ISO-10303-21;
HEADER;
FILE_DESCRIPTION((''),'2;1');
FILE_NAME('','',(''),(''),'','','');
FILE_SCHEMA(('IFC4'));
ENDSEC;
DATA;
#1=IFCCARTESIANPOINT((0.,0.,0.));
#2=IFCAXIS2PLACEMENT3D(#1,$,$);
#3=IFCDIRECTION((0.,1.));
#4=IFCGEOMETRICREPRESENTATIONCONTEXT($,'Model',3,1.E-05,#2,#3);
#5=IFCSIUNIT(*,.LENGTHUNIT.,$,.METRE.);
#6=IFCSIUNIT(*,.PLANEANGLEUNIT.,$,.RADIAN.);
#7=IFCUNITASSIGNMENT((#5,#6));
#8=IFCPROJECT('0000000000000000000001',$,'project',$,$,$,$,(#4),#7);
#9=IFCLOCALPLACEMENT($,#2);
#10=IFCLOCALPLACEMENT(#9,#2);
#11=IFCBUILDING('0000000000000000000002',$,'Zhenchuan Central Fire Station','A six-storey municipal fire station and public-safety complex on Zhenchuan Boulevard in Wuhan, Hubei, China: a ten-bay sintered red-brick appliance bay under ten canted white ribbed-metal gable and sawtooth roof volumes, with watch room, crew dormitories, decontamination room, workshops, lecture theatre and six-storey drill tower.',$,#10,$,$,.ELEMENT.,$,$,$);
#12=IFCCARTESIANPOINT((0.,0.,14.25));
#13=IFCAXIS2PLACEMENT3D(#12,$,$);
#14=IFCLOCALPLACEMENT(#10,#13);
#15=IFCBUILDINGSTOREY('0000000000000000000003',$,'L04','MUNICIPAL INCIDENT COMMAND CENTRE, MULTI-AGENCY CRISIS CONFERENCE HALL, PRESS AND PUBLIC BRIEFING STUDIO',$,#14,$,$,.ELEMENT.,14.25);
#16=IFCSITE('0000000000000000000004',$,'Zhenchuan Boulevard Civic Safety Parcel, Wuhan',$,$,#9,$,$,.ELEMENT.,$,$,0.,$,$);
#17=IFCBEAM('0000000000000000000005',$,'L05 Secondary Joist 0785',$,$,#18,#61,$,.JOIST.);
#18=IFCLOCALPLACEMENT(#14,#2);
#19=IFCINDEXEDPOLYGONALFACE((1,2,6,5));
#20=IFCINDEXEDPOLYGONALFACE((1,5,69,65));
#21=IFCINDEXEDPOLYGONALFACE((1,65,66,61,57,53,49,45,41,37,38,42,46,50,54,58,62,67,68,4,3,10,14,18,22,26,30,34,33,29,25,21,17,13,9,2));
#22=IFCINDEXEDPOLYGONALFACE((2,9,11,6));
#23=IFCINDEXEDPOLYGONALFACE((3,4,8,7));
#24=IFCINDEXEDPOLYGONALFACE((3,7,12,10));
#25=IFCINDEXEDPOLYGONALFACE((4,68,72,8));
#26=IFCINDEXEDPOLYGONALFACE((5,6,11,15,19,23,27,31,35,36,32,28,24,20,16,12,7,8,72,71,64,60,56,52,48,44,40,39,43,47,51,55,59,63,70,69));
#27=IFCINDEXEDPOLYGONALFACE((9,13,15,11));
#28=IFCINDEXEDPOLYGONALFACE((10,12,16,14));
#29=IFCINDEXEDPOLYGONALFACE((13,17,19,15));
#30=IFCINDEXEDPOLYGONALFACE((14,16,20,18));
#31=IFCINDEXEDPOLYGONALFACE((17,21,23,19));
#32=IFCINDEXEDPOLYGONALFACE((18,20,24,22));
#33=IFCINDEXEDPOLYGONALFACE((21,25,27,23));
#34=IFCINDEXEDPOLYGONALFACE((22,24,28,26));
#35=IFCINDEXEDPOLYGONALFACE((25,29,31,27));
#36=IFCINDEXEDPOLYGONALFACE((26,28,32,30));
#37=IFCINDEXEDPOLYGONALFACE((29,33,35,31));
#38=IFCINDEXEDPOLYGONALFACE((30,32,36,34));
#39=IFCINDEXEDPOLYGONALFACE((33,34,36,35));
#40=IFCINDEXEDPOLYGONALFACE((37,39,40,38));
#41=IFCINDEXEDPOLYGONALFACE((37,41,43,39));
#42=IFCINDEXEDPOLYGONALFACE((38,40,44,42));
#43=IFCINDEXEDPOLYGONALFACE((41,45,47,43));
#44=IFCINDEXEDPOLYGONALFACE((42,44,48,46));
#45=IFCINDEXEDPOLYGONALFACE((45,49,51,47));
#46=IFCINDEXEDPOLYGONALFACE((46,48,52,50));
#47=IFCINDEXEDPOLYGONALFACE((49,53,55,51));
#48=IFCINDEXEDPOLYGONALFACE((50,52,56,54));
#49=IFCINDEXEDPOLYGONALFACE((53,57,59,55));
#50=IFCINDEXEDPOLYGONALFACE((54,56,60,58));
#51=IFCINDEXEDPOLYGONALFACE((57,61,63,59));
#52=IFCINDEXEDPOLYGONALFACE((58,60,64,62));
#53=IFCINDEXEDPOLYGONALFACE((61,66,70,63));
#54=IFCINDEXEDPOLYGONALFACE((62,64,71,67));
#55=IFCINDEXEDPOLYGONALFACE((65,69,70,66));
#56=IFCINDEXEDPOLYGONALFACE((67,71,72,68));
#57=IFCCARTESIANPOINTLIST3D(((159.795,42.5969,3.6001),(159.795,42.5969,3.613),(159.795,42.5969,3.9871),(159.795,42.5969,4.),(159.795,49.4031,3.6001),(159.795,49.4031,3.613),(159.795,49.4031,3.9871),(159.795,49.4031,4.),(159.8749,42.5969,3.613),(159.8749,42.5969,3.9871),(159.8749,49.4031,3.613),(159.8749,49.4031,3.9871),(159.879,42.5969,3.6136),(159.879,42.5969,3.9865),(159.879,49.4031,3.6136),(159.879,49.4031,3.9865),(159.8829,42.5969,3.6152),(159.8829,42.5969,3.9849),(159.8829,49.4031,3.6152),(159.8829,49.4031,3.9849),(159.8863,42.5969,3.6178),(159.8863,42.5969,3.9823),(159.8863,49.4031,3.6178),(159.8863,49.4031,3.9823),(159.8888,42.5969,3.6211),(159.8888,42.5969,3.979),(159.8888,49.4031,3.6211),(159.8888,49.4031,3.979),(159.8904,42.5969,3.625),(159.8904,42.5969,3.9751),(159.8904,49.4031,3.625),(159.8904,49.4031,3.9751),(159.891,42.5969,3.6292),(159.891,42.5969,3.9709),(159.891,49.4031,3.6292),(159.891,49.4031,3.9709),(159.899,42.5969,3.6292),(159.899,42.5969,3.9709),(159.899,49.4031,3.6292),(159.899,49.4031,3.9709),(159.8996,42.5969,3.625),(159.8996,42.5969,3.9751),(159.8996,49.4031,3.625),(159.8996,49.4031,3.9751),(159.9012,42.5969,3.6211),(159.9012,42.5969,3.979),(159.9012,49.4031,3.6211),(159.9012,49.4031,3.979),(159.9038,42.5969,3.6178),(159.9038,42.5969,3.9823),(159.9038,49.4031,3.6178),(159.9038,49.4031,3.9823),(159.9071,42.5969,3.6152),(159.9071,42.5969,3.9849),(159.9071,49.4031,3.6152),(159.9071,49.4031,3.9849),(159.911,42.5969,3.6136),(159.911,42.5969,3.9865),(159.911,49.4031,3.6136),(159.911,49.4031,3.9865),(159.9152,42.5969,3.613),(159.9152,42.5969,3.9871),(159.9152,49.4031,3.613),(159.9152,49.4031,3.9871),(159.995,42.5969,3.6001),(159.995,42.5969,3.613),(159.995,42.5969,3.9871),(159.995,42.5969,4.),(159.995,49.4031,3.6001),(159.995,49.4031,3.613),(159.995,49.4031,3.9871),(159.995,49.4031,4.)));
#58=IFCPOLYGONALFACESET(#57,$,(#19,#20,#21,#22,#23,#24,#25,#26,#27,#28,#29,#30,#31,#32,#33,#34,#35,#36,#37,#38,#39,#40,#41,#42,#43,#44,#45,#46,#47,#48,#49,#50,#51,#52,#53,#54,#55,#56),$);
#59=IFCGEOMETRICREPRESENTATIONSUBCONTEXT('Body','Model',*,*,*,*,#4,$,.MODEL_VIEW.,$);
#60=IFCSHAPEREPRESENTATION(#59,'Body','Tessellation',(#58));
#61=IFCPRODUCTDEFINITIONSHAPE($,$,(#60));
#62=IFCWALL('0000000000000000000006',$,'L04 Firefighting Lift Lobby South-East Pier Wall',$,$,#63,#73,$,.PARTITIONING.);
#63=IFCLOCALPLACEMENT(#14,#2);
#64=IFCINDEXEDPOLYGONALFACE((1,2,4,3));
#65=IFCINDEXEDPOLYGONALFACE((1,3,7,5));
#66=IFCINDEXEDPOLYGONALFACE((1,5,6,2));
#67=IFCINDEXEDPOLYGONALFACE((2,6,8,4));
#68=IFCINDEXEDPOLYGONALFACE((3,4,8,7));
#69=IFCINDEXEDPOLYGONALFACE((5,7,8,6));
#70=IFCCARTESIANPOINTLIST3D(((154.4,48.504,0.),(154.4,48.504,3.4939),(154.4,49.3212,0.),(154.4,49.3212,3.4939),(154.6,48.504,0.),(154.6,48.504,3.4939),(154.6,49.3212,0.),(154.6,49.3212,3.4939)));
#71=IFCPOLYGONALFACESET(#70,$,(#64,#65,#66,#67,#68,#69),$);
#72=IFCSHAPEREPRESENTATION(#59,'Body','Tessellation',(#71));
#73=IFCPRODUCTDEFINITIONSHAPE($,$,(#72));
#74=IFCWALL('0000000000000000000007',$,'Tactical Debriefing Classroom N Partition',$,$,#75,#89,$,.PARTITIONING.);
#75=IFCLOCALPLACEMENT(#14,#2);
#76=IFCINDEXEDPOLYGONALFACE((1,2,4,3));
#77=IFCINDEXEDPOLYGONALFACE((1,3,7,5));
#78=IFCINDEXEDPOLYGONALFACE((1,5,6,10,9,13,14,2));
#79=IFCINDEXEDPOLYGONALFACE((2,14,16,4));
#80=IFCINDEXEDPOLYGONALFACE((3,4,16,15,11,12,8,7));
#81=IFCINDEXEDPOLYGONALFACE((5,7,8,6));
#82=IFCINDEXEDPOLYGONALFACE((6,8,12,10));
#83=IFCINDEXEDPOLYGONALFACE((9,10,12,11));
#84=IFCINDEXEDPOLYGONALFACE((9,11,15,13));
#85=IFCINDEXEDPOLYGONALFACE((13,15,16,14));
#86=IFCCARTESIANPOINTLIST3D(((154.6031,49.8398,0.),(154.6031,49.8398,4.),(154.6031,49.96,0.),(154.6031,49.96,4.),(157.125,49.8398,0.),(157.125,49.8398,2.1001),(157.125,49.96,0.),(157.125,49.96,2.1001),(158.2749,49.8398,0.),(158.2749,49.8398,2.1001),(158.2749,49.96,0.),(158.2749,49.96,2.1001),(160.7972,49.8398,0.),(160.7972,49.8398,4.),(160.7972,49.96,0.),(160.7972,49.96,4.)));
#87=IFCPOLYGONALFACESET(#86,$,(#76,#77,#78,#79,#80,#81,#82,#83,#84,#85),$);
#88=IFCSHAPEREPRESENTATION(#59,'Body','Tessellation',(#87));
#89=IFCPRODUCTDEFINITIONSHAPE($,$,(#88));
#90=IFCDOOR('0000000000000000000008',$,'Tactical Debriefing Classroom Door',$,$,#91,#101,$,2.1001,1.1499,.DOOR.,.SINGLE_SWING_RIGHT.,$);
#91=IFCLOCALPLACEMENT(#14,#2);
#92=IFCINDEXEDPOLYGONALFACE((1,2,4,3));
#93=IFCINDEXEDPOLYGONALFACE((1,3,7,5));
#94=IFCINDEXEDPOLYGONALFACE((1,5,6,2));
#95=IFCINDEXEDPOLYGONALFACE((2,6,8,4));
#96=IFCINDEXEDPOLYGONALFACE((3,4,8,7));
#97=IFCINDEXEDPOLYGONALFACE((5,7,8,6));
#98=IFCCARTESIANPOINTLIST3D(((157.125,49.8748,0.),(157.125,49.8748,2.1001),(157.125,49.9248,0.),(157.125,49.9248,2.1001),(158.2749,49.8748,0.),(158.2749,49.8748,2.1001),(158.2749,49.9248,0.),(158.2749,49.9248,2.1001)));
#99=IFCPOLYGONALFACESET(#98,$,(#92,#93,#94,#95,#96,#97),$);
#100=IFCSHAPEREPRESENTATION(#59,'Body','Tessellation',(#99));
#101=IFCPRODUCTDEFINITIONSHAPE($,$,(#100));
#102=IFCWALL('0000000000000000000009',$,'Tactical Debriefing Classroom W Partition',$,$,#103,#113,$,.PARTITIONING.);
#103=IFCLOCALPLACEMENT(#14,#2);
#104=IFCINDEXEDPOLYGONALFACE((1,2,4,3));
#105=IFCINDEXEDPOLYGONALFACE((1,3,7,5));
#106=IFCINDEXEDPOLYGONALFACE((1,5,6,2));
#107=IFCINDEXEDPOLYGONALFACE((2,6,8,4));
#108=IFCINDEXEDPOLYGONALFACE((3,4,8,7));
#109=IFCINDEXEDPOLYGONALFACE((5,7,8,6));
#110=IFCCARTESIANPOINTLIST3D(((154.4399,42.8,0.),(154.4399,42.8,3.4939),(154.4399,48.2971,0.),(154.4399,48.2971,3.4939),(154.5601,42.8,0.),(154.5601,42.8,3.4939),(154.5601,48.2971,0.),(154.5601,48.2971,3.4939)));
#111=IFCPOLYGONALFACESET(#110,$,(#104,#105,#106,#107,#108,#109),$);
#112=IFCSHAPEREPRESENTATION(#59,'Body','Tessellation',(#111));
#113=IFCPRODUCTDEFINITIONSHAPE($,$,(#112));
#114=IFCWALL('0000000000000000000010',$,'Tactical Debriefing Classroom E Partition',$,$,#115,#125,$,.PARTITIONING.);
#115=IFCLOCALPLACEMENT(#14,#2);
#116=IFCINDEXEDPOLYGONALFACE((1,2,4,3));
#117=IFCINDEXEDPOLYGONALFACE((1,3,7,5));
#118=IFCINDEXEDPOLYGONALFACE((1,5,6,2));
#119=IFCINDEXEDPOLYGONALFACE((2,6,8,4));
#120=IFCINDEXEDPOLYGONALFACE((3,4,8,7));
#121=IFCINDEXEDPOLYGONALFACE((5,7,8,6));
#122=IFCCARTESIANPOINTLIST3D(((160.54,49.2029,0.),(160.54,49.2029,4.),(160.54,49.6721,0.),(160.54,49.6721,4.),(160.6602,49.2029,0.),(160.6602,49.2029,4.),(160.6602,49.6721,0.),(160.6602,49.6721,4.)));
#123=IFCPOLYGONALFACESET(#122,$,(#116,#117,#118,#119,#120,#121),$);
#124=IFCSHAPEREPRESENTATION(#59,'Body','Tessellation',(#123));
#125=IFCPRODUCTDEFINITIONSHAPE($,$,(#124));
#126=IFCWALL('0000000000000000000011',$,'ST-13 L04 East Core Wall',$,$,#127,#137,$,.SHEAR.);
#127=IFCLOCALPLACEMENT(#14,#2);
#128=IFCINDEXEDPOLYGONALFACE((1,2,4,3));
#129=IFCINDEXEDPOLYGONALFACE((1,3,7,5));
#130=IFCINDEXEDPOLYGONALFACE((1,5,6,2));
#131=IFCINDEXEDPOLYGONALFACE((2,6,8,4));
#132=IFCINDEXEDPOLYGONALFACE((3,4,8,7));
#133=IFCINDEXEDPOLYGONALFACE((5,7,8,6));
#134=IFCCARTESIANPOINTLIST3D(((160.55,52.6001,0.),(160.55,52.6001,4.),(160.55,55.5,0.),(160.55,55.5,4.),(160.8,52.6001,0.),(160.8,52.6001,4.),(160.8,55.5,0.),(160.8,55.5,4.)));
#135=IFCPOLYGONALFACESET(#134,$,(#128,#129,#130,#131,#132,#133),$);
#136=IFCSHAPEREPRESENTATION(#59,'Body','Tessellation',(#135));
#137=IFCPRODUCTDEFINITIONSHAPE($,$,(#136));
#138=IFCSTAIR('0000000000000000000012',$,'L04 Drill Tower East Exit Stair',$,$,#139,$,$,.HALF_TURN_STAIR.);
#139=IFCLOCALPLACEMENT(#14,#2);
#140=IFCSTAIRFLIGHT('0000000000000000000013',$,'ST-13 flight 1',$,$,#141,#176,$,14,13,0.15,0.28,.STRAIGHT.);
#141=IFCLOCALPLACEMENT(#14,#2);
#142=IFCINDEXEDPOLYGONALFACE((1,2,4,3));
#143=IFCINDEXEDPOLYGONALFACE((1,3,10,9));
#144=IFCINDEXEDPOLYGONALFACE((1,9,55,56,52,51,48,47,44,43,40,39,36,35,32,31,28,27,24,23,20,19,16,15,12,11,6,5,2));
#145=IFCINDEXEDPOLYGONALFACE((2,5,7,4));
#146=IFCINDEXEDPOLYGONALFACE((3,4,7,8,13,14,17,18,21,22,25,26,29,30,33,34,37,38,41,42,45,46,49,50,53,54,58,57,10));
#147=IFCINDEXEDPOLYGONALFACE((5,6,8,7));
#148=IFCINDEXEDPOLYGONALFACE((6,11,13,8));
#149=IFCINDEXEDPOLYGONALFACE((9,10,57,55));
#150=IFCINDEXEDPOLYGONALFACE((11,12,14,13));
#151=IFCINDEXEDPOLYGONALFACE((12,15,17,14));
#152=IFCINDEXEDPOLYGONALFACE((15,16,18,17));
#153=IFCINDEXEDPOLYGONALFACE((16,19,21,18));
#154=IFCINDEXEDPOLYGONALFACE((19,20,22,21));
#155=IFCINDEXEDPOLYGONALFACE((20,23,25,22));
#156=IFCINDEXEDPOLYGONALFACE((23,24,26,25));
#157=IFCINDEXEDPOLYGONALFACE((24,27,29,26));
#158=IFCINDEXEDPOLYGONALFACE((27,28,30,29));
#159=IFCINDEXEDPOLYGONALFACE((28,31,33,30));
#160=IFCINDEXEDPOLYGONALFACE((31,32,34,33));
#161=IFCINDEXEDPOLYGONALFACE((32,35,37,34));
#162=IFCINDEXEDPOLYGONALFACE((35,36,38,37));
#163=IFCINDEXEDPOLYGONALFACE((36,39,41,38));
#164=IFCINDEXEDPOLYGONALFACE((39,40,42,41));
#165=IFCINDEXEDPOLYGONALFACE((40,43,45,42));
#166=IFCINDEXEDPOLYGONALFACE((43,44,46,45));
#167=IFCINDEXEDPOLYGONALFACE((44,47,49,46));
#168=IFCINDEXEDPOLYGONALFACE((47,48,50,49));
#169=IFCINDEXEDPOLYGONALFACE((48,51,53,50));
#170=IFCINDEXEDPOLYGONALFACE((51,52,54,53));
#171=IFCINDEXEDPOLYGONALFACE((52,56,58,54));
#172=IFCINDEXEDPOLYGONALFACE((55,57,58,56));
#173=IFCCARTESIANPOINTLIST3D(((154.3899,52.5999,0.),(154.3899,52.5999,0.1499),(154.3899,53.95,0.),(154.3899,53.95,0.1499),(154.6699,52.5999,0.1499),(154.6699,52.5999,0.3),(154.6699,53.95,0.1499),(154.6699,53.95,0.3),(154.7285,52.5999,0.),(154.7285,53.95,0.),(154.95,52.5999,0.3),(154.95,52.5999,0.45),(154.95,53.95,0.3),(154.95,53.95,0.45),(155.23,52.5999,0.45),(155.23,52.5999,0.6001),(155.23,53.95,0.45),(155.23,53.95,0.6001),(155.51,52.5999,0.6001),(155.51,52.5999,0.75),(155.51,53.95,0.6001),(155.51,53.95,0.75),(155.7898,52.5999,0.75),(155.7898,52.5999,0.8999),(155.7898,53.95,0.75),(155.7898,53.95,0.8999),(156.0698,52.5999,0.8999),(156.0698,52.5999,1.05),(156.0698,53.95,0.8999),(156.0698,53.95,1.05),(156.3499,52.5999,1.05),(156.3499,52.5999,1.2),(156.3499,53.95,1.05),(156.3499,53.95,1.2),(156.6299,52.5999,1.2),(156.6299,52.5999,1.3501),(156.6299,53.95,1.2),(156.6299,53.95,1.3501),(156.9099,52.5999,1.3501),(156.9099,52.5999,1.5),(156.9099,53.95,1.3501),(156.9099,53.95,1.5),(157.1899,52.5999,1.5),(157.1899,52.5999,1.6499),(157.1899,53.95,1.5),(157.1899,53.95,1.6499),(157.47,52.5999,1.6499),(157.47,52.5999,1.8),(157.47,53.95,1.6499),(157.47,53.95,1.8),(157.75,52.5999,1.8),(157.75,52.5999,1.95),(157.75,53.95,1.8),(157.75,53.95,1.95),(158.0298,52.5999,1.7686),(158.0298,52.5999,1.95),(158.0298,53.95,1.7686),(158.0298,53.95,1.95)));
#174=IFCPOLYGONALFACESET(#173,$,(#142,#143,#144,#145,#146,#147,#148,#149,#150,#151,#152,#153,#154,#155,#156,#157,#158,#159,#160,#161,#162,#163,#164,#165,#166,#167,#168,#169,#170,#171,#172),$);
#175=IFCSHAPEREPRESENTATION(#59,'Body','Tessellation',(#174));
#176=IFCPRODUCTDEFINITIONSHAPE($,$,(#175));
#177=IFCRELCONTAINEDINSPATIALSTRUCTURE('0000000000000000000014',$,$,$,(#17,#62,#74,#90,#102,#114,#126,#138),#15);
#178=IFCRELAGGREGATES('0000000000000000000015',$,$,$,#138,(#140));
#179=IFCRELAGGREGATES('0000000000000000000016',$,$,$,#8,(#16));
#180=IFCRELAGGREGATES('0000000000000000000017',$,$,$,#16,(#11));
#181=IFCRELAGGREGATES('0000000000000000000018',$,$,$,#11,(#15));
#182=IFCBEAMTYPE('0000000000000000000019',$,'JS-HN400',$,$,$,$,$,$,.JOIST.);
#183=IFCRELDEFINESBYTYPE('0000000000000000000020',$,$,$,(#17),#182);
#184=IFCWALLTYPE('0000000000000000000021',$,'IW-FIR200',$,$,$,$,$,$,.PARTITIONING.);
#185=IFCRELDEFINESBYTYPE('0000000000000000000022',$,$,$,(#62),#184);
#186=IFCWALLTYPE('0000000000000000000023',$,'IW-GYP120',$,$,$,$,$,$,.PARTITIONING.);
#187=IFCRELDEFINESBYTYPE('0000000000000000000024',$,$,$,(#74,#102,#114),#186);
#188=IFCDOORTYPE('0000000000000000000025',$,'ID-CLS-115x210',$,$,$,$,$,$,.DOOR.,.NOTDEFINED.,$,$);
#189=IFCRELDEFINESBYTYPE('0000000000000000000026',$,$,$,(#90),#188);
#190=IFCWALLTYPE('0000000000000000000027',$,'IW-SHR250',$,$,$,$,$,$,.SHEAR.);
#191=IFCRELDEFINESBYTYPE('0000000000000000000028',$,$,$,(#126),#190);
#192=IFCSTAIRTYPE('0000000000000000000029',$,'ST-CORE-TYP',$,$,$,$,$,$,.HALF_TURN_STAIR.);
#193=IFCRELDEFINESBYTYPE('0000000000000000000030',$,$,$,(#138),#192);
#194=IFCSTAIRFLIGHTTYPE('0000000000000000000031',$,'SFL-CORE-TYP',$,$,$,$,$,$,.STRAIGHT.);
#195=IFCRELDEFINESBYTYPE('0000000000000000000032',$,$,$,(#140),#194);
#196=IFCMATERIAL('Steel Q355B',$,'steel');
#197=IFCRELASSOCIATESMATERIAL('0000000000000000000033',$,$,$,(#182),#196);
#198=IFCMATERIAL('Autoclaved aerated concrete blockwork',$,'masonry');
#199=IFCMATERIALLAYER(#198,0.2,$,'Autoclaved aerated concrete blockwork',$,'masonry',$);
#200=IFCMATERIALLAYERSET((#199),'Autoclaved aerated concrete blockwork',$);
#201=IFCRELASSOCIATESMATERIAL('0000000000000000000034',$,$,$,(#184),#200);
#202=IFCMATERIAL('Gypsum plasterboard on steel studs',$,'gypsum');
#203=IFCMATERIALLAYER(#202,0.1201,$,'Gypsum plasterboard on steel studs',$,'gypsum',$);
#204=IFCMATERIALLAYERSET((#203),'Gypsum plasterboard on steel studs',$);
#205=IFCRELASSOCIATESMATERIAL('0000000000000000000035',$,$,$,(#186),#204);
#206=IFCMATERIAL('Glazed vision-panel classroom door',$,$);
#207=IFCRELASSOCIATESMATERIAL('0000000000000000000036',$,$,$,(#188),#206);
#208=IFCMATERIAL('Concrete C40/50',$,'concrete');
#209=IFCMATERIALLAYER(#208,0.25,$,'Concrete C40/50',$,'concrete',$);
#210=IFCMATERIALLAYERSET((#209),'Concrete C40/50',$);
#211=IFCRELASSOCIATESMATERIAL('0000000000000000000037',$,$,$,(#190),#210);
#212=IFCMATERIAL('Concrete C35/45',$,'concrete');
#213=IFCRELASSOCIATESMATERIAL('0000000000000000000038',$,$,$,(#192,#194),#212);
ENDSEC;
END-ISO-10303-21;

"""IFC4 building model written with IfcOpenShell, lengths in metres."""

from ifc_helpers import new_model, si_unit, direction, frame, frame_2d, origin, origin_2d, place, context, subcontext, project, spatial, polyline, rectangle, i_section, outline, extrude, material, layer, layer_set, material_profile, profile_set, type_object, element, fill, aggregate, save


model = new_model("IFC4")

# Units and contexts
model_context = context("Model", 3, precision=1e-05, world=origin(), true_north=direction((0.0, 1.0)))
body_context = subcontext(model_context, "Body", "Model", "MODEL_VIEW")
ifc_project = project(units=[si_unit("LENGTHUNIT", "METRE"), si_unit("PLANEANGLEUNIT", "RADIAN")], contexts=[model_context])

# Site, building, storey
site_placement = place(None, origin())
site = spatial("IfcSite", under=ifc_project, at=site_placement, Name="Zhenchuan Boulevard Civic Safety Parcel, Wuhan", CompositionType="ELEMENT", RefElevation=0.0)
building_placement = place(site_placement, origin())
building = spatial("IfcBuilding", under=site, at=building_placement, Name="Zhenchuan Central Fire Station", Description="A six-storey municipal fire station and public-safety complex on Zhenchuan Boulevard in Wuhan, Hubei, China: a ten-bay sintered red-brick appliance bay under ten canted white ribbed-metal gable and sawtooth roof volumes, with watch room, crew dormitories, decontamination room, workshops, lecture theatre and six-storey drill tower.", CompositionType="ELEMENT")
storey_placement = place(building_placement, frame((0.0, 0.0, 14.25)))
storey = spatial("IfcBuildingStorey", under=building, at=storey_placement, Name="L04", Description="MUNICIPAL INCIDENT COMMAND CENTRE, MULTI-AGENCY CRISIS CONFERENCE HALL, PRESS AND PUBLIC BRIEFING STUDIO", CompositionType="ELEMENT", Elevation=14.25)

# Shared definitions
ifc_material_1 = material(Name="Steel Q355B", Category="steel")

# Beam
ifc_material_profile_1 = material_profile(ifc_material_1, i_section(OverallWidth=0.2, OverallDepth=0.3999, WebThickness=0.0081, FlangeThickness=0.0129, FilletRadius=0.0161, at=origin_2d()), Name="HN 400x200")
ifc_profile_set_1 = profile_set([ifc_material_profile_1], Name="Steel Q355B")
beam_type_1 = type_object("IfcBeamType", Name="JS-HN400", PredefinedType="JOIST", material=ifc_profile_set_1)
beam_1_placement = place(storey_placement, frame((159.895, 42.5969, 3.8), z_axis=(0.0, 1.0, 0.0), x_axis=(-1.0, 0.0, 0.0)))
element("IfcBeam", 1, at=beam_1_placement, inside=storey, type_object=beam_type_1, Name="L05 Secondary Joist 0785", PredefinedType="JOIST", context=body_context, shape_type="SweptSolid", body=[
    extrude(i_section(OverallWidth=0.2, OverallDepth=0.3999, WebThickness=0.0081, FlangeThickness=0.0129, FilletRadius=0.0161, at=origin_2d()), origin(), (0.0, 0.0, 1.0), 6.8062),
])

# Wall
ifc_material_2 = material(Name="Autoclaved aerated concrete blockwork", Category="masonry")
ifc_layer_1 = layer(ifc_material_2, 0.2, Name="Autoclaved aerated concrete blockwork", Category="masonry")
ifc_layer_set_1 = layer_set([ifc_layer_1], Name="Autoclaved aerated concrete blockwork")
wall_type_1 = type_object("IfcWallType", Name="IW-FIR200", PredefinedType="PARTITIONING", material=ifc_layer_set_1)
wall_1_placement = place(storey_placement, frame((154.5, 48.5039, 0.0), z_axis=(0.0, 0.0, 1.0), x_axis=(0.0, 1.0, 0.0)))
element("IfcWall", 2, at=wall_1_placement, inside=storey, type_object=wall_type_1, Name="L04 Firefighting Lift Lobby South-East Pier Wall", PredefinedType="PARTITIONING", context=body_context, shape_type="SweptSolid", body=[
    extrude(rectangle(XDim=0.8171, YDim=0.2, at=frame_2d((0.4087, 0.0))), origin(), (0.0, 0.0, 1.0), 3.4939),
])

# Wall, opening, door
ifc_material_3 = material(Name="Gypsum plasterboard on steel studs", Category="gypsum")
ifc_layer_2 = layer(ifc_material_3, 0.1201, Name="Gypsum plasterboard on steel studs", Category="gypsum")
ifc_layer_set_2 = layer_set([ifc_layer_2], Name="Gypsum plasterboard on steel studs")
wall_type_2 = type_object("IfcWallType", Name="IW-GYP120", PredefinedType="PARTITIONING", material=ifc_layer_set_2)
wall_2_placement = place(storey_placement, frame((154.603, 49.8999, 0.0), z_axis=(0.0, 0.0, 1.0), x_axis=(1.0, 0.0, 0.0)))
wall_2 = element("IfcWall", 3, at=wall_2_placement, inside=storey, type_object=wall_type_2, Name="Tactical Debriefing Classroom N Partition", PredefinedType="PARTITIONING", context=body_context, shape_type="SweptSolid", body=[
    extrude(rectangle(XDim=6.1941, YDim=0.1201, at=frame_2d((3.0972, 0.0))), origin(), (0.0, 0.0, 1.0), 4.0),
])
opening_1_placement = place(wall_2_placement, frame((2.522, 0.0, 0.0)))
opening_1 = element("IfcOpeningElement", 4, at=opening_1_placement, cuts=wall_2, PredefinedType="OPENING", context=body_context, shape_type="SweptSolid", body=[
    extrude(rectangle(XDim=1.1499, YDim=2.1001, at=frame_2d((0.575, 1.05))), frame((0.0, 0.0701, 0.0), z_axis=(0.0, -1.0, 0.0), x_axis=(1.0, 0.0, 0.0)), (0.0, 0.0, 1.0), 0.1401),
])
ifc_material_4 = material(Name="Glazed vision-panel classroom door")
door_type_1 = type_object("IfcDoorType", Name="ID-CLS-115x210", OperationType="NOTDEFINED", PredefinedType="DOOR", material=ifc_material_4)
door_1_placement = place(opening_1_placement, origin())
door_1 = element("IfcDoor", 5, at=door_1_placement, inside=storey, type_object=door_type_1, Name="Tactical Debriefing Classroom Door", OperationType="SINGLE_SWING_RIGHT", OverallHeight=2.1001, OverallWidth=1.1499, PredefinedType="DOOR", context=body_context, shape_type="SweptSolid", body=[
    extrude(rectangle(XDim=1.1499, YDim=2.1001, at=frame_2d((0.575, 1.05))), frame((0.0, 0.0249, 0.0), z_axis=(0.0, -1.0, 0.0), x_axis=(1.0, 0.0, 0.0)), (0.0, 0.0, 1.0), 0.05),
])
fill(opening_1, door_1)

# Walls
wall_3_placement = place(storey_placement, frame((154.5, 42.8, 0.0), z_axis=(0.0, 0.0, 1.0), x_axis=(0.0, 1.0, 0.0)))
element("IfcWall", 6, at=wall_3_placement, inside=storey, type_object=wall_type_2, Name="Tactical Debriefing Classroom W Partition", PredefinedType="PARTITIONING", context=body_context, shape_type="SweptSolid", body=[
    extrude(rectangle(XDim=5.4971, YDim=0.1201, at=frame_2d((2.7485, 0.0))), origin(), (0.0, 0.0, 1.0), 3.4939),
])
wall_4_placement = place(storey_placement, frame((160.6001, 49.2029, 0.0), z_axis=(0.0, 0.0, 1.0), x_axis=(0.0, 1.0, 0.0)))
element("IfcWall", 7, at=wall_4_placement, inside=storey, type_object=wall_type_2, Name="Tactical Debriefing Classroom E Partition", PredefinedType="PARTITIONING", context=body_context, shape_type="SweptSolid", body=[
    extrude(rectangle(XDim=0.4692, YDim=0.1201, at=frame_2d((0.2346, 0.0))), origin(), (0.0, 0.0, 1.0), 4.0),
])
ifc_material_5 = material(Name="Concrete C40/50", Category="concrete")
ifc_layer_3 = layer(ifc_material_5, 0.25, Name="Concrete C40/50", Category="concrete")
ifc_layer_set_3 = layer_set([ifc_layer_3], Name="Concrete C40/50")
wall_type_3 = type_object("IfcWallType", Name="IW-SHR250", PredefinedType="SHEAR", material=ifc_layer_set_3)
wall_5_placement = place(storey_placement, frame((160.675, 52.6001, 0.0), z_axis=(0.0, 0.0, 1.0), x_axis=(0.0, 1.0, 0.0)))
element("IfcWall", 8, at=wall_5_placement, inside=storey, type_object=wall_type_3, Name="ST-13 L04 East Core Wall", PredefinedType="SHEAR", context=body_context, shape_type="SweptSolid", body=[
    extrude(rectangle(XDim=2.8999, YDim=0.25, at=frame_2d((1.45, 0.0))), origin(), (0.0, 0.0, 1.0), 4.0),
])

# Stair, stair flight
ifc_material_6 = material(Name="Concrete C35/45", Category="concrete")
stair_type = type_object("IfcStairType", Name="ST-CORE-TYP", PredefinedType="HALF_TURN_STAIR", material=ifc_material_6)
stair_placement = place(storey_placement, origin())
stair = element("IfcStair", 9, at=stair_placement, inside=storey, type_object=stair_type, Name="L04 Drill Tower East Exit Stair", PredefinedType="HALF_TURN_STAIR")
stair_flight_type = type_object("IfcStairFlightType", Name="SFL-CORE-TYP", PredefinedType="STRAIGHT", material=ifc_material_6)
stair_flight_1_placement = place(storey_placement, frame((154.3899, 53.2749, 0.0), z_axis=(0.0, 0.0, 1.0), x_axis=(1.0, 0.0, 0.0)))
stair_flight_1 = element("IfcStairFlight", 10, at=stair_flight_1_placement, type_object=stair_flight_type, Name="ST-13 flight 1", NumberOfRisers=14, NumberOfTreads=13, PredefinedType="STRAIGHT", RiserHeight=0.15, TreadLength=0.28, context=body_context, shape_type="SweptSolid", body=[
    extrude(outline(polyline([(0.0, 0.0), (0.0, 0.1499), (0.28, 0.1499), (0.28, 0.3), (0.5601, 0.3), (0.5601, 0.45), (0.8401, 0.45), (0.8401, 0.6001), (1.1201, 0.6001), (1.1201, 0.75), (1.3999, 0.75), (1.3999, 0.8999), (1.6799, 0.8999), (1.6799, 1.05), (1.96, 1.05), (1.96, 1.2), (2.24, 1.2), (2.24, 1.3501), (2.52, 1.3501), (2.52, 1.5), (2.8, 1.5), (2.8, 1.6499), (3.0801, 1.6499), (3.0801, 1.8), (3.3601, 1.8), (3.3601, 1.95), (3.6399, 1.95), (3.6399, 2.1001), (3.6399, 1.7686), (0.3386, 0.0), (0.0, 0.0)])), frame((0.0, 0.675, 0.0), z_axis=(0.0, -1.0, 0.0), x_axis=(1.0, 0.0, 0.0)), (0.0, 0.0, 1.0), 1.3501),
])
aggregate(stair, [stair_flight_1])

save(model, "model.ifc")
